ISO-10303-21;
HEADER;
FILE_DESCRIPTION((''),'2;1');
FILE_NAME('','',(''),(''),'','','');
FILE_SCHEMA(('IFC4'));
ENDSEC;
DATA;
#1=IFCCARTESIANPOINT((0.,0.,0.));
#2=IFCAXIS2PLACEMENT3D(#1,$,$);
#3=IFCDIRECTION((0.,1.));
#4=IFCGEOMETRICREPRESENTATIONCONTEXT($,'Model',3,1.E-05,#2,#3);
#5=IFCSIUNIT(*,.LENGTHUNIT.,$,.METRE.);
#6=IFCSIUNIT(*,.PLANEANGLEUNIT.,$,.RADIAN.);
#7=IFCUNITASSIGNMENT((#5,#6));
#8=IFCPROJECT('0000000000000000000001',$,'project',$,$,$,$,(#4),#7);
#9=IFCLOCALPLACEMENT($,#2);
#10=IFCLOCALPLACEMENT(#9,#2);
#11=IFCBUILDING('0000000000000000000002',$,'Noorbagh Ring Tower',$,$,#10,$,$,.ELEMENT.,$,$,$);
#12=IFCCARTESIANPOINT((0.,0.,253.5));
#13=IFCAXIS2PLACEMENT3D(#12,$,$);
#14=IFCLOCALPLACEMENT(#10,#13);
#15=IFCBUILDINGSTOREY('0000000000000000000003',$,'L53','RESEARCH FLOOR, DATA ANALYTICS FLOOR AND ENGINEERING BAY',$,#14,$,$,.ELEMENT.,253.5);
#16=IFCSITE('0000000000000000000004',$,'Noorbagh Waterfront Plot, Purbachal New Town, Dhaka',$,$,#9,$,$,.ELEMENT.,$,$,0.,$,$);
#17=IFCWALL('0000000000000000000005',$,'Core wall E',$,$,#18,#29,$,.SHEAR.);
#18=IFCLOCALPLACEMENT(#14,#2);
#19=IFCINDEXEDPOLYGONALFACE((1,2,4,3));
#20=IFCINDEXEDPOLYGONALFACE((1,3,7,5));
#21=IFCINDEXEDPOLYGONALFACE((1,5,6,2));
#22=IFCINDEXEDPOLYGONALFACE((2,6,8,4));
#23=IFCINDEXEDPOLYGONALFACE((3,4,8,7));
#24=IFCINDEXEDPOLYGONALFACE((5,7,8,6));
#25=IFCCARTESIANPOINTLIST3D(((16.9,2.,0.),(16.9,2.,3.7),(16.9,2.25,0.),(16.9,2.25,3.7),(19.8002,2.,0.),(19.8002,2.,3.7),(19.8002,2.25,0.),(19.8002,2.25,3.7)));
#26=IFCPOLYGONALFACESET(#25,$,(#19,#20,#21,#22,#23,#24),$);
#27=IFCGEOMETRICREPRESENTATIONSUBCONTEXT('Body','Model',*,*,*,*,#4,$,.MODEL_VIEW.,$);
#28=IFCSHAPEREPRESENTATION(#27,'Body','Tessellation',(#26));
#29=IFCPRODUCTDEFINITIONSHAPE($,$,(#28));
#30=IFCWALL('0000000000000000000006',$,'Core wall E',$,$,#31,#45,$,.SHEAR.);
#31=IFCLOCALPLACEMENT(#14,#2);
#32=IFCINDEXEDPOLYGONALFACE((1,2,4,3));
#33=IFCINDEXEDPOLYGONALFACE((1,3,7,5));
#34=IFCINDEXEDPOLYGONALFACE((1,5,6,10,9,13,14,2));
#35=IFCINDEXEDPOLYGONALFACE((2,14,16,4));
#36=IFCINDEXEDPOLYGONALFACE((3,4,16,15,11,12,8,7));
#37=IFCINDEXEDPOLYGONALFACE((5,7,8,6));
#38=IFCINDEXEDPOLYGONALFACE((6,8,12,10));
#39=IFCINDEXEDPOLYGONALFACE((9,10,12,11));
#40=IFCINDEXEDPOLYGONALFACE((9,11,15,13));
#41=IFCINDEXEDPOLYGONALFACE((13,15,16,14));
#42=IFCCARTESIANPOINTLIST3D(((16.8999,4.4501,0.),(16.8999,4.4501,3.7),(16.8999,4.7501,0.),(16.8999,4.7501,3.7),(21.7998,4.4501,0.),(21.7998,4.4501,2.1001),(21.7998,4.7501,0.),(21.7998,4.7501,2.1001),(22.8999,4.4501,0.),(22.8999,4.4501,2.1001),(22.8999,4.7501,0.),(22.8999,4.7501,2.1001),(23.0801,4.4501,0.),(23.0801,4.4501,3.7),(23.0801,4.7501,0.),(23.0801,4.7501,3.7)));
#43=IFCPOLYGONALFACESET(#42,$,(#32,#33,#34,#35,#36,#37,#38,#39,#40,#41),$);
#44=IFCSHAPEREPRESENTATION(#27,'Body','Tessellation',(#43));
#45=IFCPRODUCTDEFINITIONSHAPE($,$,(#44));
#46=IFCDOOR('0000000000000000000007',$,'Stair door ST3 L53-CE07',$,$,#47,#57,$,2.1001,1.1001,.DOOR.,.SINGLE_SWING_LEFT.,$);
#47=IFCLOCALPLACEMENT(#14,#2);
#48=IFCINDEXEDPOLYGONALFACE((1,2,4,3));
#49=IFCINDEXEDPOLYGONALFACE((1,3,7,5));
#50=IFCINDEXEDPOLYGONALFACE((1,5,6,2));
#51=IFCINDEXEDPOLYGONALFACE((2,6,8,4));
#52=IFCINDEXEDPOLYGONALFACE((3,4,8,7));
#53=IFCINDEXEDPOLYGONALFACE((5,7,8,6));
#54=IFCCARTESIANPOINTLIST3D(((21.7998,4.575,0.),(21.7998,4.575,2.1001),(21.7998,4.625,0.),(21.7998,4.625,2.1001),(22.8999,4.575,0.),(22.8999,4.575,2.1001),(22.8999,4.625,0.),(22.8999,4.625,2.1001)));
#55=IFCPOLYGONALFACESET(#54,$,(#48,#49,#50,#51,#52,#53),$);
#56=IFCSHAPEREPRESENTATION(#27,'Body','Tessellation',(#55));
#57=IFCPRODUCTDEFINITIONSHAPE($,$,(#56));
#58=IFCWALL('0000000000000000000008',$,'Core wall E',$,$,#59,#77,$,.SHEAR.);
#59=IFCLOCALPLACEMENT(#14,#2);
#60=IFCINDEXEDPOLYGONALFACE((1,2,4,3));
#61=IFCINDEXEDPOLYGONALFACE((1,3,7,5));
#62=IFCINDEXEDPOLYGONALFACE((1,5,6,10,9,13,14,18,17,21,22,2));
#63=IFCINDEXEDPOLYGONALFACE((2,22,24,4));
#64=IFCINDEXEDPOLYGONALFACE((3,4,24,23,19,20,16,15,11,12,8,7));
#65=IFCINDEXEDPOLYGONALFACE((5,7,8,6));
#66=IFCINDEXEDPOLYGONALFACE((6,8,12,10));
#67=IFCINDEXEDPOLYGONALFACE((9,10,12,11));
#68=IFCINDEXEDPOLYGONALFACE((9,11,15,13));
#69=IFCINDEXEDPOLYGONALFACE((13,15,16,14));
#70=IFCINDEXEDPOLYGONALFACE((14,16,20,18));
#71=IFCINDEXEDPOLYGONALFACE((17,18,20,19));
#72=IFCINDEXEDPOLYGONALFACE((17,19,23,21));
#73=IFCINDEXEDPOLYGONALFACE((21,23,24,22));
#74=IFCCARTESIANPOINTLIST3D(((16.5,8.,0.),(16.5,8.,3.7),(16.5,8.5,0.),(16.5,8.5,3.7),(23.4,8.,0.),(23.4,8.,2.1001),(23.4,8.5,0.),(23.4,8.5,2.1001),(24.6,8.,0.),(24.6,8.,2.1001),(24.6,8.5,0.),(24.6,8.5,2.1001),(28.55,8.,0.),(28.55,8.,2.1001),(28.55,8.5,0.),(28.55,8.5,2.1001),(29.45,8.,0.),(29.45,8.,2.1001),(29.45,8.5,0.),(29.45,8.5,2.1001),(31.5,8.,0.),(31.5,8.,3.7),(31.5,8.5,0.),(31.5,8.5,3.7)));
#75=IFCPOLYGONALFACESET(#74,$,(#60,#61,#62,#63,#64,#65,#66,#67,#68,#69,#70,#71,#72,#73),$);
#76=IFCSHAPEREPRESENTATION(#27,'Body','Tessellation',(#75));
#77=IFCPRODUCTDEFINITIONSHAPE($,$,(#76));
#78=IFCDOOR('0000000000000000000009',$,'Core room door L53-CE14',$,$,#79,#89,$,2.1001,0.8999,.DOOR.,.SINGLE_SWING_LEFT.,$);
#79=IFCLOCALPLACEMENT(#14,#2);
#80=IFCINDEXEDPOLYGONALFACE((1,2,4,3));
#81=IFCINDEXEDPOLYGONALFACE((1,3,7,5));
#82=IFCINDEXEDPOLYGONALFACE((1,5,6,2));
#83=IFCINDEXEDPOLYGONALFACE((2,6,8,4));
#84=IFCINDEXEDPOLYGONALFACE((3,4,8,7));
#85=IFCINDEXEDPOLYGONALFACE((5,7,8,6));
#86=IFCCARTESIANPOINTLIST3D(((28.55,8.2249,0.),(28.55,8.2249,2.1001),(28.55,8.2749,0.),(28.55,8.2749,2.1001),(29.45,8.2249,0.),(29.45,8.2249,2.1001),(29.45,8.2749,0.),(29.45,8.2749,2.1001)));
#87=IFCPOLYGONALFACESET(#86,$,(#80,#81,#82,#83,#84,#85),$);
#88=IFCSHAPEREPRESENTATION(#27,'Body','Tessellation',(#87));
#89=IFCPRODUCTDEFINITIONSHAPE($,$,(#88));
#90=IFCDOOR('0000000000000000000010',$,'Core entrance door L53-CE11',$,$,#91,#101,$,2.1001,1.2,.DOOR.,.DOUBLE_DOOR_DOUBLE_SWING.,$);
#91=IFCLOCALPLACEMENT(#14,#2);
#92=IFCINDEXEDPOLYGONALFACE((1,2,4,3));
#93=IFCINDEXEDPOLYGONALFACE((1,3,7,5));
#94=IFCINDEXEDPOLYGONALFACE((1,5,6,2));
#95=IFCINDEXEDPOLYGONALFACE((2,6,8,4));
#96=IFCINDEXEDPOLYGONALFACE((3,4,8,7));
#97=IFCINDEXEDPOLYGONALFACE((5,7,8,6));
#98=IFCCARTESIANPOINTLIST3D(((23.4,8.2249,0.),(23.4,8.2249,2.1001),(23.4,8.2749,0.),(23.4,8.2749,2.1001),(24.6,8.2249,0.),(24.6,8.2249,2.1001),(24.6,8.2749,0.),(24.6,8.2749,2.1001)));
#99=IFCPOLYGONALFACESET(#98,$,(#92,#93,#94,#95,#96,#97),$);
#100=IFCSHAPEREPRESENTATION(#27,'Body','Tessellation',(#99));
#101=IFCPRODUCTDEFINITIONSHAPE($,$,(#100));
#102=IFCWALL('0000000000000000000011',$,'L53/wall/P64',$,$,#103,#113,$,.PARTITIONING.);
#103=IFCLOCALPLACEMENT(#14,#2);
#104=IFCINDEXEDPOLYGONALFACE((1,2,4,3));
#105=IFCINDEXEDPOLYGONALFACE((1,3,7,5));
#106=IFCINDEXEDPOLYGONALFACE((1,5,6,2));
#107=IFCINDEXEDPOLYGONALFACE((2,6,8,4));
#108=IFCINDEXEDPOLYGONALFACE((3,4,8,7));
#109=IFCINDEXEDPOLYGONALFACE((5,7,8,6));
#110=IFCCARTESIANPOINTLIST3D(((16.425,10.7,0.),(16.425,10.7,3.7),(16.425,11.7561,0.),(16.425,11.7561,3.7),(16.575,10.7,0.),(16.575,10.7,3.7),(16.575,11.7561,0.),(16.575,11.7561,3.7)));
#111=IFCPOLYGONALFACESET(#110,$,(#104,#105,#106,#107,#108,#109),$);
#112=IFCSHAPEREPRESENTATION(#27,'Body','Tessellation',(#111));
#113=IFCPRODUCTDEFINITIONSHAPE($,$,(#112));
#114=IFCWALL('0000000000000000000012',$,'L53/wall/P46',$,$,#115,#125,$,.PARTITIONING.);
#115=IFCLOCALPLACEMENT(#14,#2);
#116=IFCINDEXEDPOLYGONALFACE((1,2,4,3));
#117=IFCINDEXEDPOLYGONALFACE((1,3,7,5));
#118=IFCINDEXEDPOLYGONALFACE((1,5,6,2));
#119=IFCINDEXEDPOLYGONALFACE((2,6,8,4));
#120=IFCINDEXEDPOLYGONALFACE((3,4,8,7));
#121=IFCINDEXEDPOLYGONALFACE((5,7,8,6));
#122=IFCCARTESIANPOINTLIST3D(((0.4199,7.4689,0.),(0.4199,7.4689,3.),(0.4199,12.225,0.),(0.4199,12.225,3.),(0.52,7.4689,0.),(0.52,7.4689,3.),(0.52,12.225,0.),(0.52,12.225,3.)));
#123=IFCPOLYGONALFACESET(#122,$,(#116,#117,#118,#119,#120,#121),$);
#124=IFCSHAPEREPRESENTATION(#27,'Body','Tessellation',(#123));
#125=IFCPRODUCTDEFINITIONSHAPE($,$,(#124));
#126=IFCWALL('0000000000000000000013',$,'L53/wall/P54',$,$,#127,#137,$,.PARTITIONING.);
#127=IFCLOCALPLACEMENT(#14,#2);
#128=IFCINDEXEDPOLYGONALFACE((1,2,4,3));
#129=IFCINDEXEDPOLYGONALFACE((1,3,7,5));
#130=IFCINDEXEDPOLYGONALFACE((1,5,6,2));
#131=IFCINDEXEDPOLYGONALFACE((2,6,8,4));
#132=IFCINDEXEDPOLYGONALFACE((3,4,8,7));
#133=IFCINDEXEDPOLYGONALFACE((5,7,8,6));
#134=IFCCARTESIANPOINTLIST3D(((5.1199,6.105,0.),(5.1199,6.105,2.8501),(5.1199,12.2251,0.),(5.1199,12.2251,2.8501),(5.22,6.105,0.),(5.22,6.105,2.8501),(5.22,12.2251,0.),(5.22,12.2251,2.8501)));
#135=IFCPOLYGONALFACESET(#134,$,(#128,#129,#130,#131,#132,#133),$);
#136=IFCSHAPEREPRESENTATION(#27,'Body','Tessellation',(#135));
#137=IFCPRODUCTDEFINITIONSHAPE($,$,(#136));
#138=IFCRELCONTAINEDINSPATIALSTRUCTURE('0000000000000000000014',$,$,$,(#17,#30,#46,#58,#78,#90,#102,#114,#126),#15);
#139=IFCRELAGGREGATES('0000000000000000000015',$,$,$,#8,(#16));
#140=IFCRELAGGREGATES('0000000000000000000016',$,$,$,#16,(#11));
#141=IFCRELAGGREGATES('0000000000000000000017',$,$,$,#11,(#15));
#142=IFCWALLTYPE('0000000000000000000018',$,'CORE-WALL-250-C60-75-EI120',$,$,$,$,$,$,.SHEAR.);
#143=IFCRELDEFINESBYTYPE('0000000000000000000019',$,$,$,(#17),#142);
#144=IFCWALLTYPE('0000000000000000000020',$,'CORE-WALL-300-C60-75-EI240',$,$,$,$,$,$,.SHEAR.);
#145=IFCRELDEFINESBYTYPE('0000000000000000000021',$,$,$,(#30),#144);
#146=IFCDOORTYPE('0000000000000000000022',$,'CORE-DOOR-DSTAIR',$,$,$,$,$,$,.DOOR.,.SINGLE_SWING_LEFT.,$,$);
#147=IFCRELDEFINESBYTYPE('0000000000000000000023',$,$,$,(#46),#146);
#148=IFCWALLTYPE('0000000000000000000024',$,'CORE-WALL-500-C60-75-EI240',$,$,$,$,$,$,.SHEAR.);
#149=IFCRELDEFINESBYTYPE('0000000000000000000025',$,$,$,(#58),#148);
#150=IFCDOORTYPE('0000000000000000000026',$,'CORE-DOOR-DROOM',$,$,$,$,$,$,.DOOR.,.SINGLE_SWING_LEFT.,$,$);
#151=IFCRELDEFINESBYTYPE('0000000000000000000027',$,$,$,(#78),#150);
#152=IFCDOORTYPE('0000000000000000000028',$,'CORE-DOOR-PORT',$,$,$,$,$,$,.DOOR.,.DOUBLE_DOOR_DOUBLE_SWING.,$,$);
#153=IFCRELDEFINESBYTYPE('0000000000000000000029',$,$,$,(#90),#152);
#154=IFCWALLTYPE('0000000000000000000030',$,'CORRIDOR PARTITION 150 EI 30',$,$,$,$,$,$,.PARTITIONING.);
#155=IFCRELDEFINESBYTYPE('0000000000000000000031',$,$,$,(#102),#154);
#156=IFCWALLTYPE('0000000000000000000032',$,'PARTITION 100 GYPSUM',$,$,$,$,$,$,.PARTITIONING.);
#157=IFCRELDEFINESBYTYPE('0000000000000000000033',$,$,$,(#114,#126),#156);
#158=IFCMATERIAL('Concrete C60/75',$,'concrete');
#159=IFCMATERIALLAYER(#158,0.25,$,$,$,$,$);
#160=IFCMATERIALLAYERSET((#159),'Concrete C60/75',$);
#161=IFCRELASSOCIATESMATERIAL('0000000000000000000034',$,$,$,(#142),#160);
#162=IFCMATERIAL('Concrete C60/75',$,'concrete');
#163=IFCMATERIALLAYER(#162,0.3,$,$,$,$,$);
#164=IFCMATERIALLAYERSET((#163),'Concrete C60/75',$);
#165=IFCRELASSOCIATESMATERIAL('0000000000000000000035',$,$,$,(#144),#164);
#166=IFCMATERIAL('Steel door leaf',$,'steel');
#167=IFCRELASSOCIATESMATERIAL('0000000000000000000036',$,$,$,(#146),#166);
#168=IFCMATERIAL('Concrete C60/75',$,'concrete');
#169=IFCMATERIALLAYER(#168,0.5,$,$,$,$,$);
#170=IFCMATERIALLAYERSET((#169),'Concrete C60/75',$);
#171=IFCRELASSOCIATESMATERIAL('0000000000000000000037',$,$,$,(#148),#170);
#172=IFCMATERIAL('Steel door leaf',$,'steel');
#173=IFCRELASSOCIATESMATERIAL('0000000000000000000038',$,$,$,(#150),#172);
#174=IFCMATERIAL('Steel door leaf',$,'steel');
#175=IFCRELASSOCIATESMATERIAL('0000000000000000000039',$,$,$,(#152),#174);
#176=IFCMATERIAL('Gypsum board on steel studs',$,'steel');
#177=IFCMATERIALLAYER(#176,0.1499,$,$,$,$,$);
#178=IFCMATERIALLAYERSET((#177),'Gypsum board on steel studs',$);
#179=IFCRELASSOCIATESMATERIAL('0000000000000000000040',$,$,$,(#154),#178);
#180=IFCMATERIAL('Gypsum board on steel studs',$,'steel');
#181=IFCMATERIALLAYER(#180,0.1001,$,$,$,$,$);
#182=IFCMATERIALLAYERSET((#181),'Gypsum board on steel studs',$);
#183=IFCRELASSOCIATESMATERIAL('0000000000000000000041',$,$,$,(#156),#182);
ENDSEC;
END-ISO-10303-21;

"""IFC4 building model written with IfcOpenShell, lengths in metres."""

from ifc_helpers import new_model, si_unit, direction, frame, frame_2d, origin, place, context, subcontext, project, spatial, rectangle, extrude, material, layer, layer_set, type_object, element, fill, save


model = new_model("IFC4")

# Units and contexts
model_context = context("Model", 3, precision=1e-05, world=origin(), true_north=direction((0.0, 1.0)))
body_context = subcontext(model_context, "Body", "Model", "MODEL_VIEW")
ifc_project = project(units=[si_unit("LENGTHUNIT", "METRE"), si_unit("PLANEANGLEUNIT", "RADIAN")], contexts=[model_context])

# Site, building, storey
site_placement = place(None, origin())
site = spatial("IfcSite", under=ifc_project, at=site_placement, Name="Noorbagh Waterfront Plot, Purbachal New Town, Dhaka", CompositionType="ELEMENT", RefElevation=0.0)
building_placement = place(site_placement, origin())
building = spatial("IfcBuilding", under=site, at=building_placement, Name="Noorbagh Ring Tower", CompositionType="ELEMENT")
storey_placement = place(building_placement, frame((0.0, 0.0, 253.5)))
storey = spatial("IfcBuildingStorey", under=building, at=storey_placement, Name="L53", Description="RESEARCH FLOOR, DATA ANALYTICS FLOOR AND ENGINEERING BAY", CompositionType="ELEMENT", Elevation=253.5)

# Wall
ifc_material_1 = material(Name="Concrete C60/75", Category="concrete")
ifc_layer_1 = layer(ifc_material_1, 0.25)
ifc_layer_set_1 = layer_set([ifc_layer_1], Name="Concrete C60/75")
wall_type_1 = type_object("IfcWallType", Name="CORE-WALL-250-C60-75-EI120", PredefinedType="SHEAR", material=ifc_layer_set_1)
wall_1_placement = place(storey_placement, frame((16.8999, 2.125, 0.0), z_axis=(0.0, 0.0, 1.0), x_axis=(1.0, 0.0, 0.0)))
element("IfcWall", 1, at=wall_1_placement, inside=storey, type_object=wall_type_1, Name="Core wall E", PredefinedType="SHEAR", context=body_context, shape_type="SweptSolid", body=[
    extrude(rectangle(XDim=2.9001, YDim=0.25, at=frame_2d((1.4502, 0.0))), origin(), (0.0, 0.0, 1.0), 3.7),
])

# Wall, opening, door
ifc_material_2 = material(Name="Concrete C60/75", Category="concrete")
ifc_layer_2 = layer(ifc_material_2, 0.3)
ifc_layer_set_2 = layer_set([ifc_layer_2], Name="Concrete C60/75")
wall_type_2 = type_object("IfcWallType", Name="CORE-WALL-300-C60-75-EI240", PredefinedType="SHEAR", material=ifc_layer_set_2)
wall_2_placement = place(storey_placement, frame((16.8999, 4.6001, 0.0), z_axis=(0.0, 0.0, 1.0), x_axis=(1.0, 0.0, 0.0)))
wall_2 = element("IfcWall", 2, at=wall_2_placement, inside=storey, type_object=wall_type_2, Name="Core wall E", PredefinedType="SHEAR", context=body_context, shape_type="SweptSolid", body=[
    extrude(rectangle(XDim=6.1802, YDim=0.3, at=frame_2d((3.0901, 0.0))), origin(), (0.0, 0.0, 1.0), 3.7),
])
opening_1_placement = place(wall_2_placement, frame((4.8999, 0.0, 0.0)))
opening_1 = element("IfcOpeningElement", 3, at=opening_1_placement, cuts=wall_2, PredefinedType="OPENING", context=body_context, shape_type="SweptSolid", body=[
    extrude(rectangle(XDim=1.1001, YDim=2.1001, at=frame_2d((0.55, 1.05))), frame((0.0, 0.1602, 0.0), z_axis=(0.0, -1.0, 0.0), x_axis=(1.0, 0.0, 0.0)), (0.0, 0.0, 1.0), 0.3201),
])
ifc_material_3 = material(Name="Steel door leaf", Category="steel")
door_type_1 = type_object("IfcDoorType", Name="CORE-DOOR-DSTAIR", OperationType="SINGLE_SWING_LEFT", PredefinedType="DOOR", material=ifc_material_3)
door_1_placement = place(opening_1_placement, origin())
door_1 = element("IfcDoor", 4, at=door_1_placement, inside=storey, type_object=door_type_1, Name="Stair door ST3 L53-CE07", OperationType="SINGLE_SWING_LEFT", OverallHeight=2.1001, OverallWidth=1.1001, PredefinedType="DOOR", context=body_context, shape_type="SweptSolid", body=[
    extrude(rectangle(XDim=1.1001, YDim=2.1001, at=frame_2d((0.55, 1.05))), frame((0.0, 0.0249, 0.0), z_axis=(0.0, -1.0, 0.0), x_axis=(1.0, 0.0, 0.0)), (0.0, 0.0, 1.0), 0.05),
])
fill(opening_1, door_1)

# Wall, openings, doors
ifc_material_4 = material(Name="Concrete C60/75", Category="concrete")
ifc_layer_3 = layer(ifc_material_4, 0.5)
ifc_layer_set_3 = layer_set([ifc_layer_3], Name="Concrete C60/75")
wall_type_3 = type_object("IfcWallType", Name="CORE-WALL-500-C60-75-EI240", PredefinedType="SHEAR", material=ifc_layer_set_3)
wall_3_placement = place(storey_placement, frame((16.5, 8.25, 0.0), z_axis=(0.0, 0.0, 1.0), x_axis=(1.0, 0.0, 0.0)))
wall_3 = element("IfcWall", 5, at=wall_3_placement, inside=storey, type_object=wall_type_3, Name="Core wall E", PredefinedType="SHEAR", context=body_context, shape_type="SweptSolid", body=[
    extrude(rectangle(XDim=15.0, YDim=0.5, at=frame_2d((7.5, 0.0))), origin(), (0.0, 0.0, 1.0), 3.7),
])
opening_2_placement = place(wall_3_placement, frame((6.8999, 0.0, 0.0)))
opening_2 = element("IfcOpeningElement", 6, at=opening_2_placement, cuts=wall_3, PredefinedType="OPENING", context=body_context, shape_type="SweptSolid", body=[
    extrude(rectangle(XDim=1.2, YDim=2.1001, at=frame_2d((0.6001, 1.05))), frame((0.0, 0.26, 0.0), z_axis=(0.0, -1.0, 0.0), x_axis=(1.0, 0.0, 0.0)), (0.0, 0.0, 1.0), 0.52),
])
opening_3_placement = place(wall_3_placement, frame((12.05, 0.0, 0.0)))
opening_3 = element("IfcOpeningElement", 7, at=opening_3_placement, cuts=wall_3, PredefinedType="OPENING", context=body_context, shape_type="SweptSolid", body=[
    extrude(rectangle(XDim=0.8999, YDim=2.1001, at=frame_2d((0.45, 1.05))), frame((0.0, 0.26, 0.0), z_axis=(0.0, -1.0, 0.0), x_axis=(1.0, 0.0, 0.0)), (0.0, 0.0, 1.0), 0.52),
])
ifc_material_5 = material(Name="Steel door leaf", Category="steel")
door_type_2 = type_object("IfcDoorType", Name="CORE-DOOR-DROOM", OperationType="SINGLE_SWING_LEFT", PredefinedType="DOOR", material=ifc_material_5)
door_2_placement = place(opening_3_placement, origin())
door_2 = element("IfcDoor", 8, at=door_2_placement, inside=storey, type_object=door_type_2, Name="Core room door L53-CE14", OperationType="SINGLE_SWING_LEFT", OverallHeight=2.1001, OverallWidth=0.8999, PredefinedType="DOOR", context=body_context, shape_type="SweptSolid", body=[
    extrude(rectangle(XDim=0.8999, YDim=2.1001, at=frame_2d((0.45, 1.05))), frame((0.0, 0.0249, 0.0), z_axis=(0.0, -1.0, 0.0), x_axis=(1.0, 0.0, 0.0)), (0.0, 0.0, 1.0), 0.05),
])
fill(opening_3, door_2)
ifc_material_6 = material(Name="Steel door leaf", Category="steel")
door_type_3 = type_object("IfcDoorType", Name="CORE-DOOR-PORT", OperationType="DOUBLE_DOOR_DOUBLE_SWING", PredefinedType="DOOR", material=ifc_material_6)
door_3_placement = place(opening_2_placement, origin())
door_3 = element("IfcDoor", 9, at=door_3_placement, inside=storey, type_object=door_type_3, Name="Core entrance door L53-CE11", OperationType="DOUBLE_DOOR_DOUBLE_SWING", OverallHeight=2.1001, OverallWidth=1.2, PredefinedType="DOOR", context=body_context, shape_type="SweptSolid", body=[
    extrude(rectangle(XDim=1.2, YDim=2.1001, at=frame_2d((0.6001, 1.05))), frame((0.0, 0.0249, 0.0), z_axis=(0.0, -1.0, 0.0), x_axis=(1.0, 0.0, 0.0)), (0.0, 0.0, 1.0), 0.05),
])
fill(opening_2, door_3)

# Wall
ifc_material_7 = material(Name="Gypsum board on steel studs", Category="steel")
ifc_layer_4 = layer(ifc_material_7, 0.1499)
ifc_layer_set_4 = layer_set([ifc_layer_4], Name="Gypsum board on steel studs")
wall_type_4 = type_object("IfcWallType", Name="CORRIDOR PARTITION 150 EI 30", PredefinedType="PARTITIONING", material=ifc_layer_set_4)
wall_4_placement = place(storey_placement, frame((16.5, 10.7, 0.0), z_axis=(0.0, 0.0, 1.0), x_axis=(0.0, 1.0, 0.0)))
element("IfcWall", 10, at=wall_4_placement, inside=storey, type_object=wall_type_4, Name="L53/wall/P64", PredefinedType="PARTITIONING", context=body_context, shape_type="SweptSolid", body=[
    extrude(rectangle(XDim=1.0562, YDim=0.1499, at=frame_2d((0.5281, 0.0))), origin(), (0.0, 0.0, 1.0), 3.7),
])

# Walls
ifc_material_8 = material(Name="Gypsum board on steel studs", Category="steel")
ifc_layer_5 = layer(ifc_material_8, 0.1001)
ifc_layer_set_5 = layer_set([ifc_layer_5], Name="Gypsum board on steel studs")
wall_type_5 = type_object("IfcWallType", Name="PARTITION 100 GYPSUM", PredefinedType="PARTITIONING", material=ifc_layer_set_5)
wall_5_placement = place(storey_placement, frame((0.47, 7.469, 0.0), z_axis=(0.0, 0.0, 1.0), x_axis=(0.0, 1.0, 0.0)))
element("IfcWall", 11, at=wall_5_placement, inside=storey, type_object=wall_type_5, Name="L53/wall/P46", PredefinedType="PARTITIONING", context=body_context, shape_type="SweptSolid", body=[
    extrude(rectangle(XDim=4.7561, YDim=0.1001, at=frame_2d((2.3779, 0.0))), origin(), (0.0, 0.0, 1.0), 3.0),
])
wall_6_placement = place(storey_placement, frame((5.1699, 6.105, 0.0), z_axis=(0.0, 0.0, 1.0), x_axis=(0.0, 1.0, 0.0)))
element("IfcWall", 12, at=wall_6_placement, inside=storey, type_object=wall_type_5, Name="L53/wall/P54", PredefinedType="PARTITIONING", context=body_context, shape_type="SweptSolid", body=[
    extrude(rectangle(XDim=6.1201, YDim=0.1001, at=frame_2d((3.0601, 0.0))), origin(), (0.0, 0.0, 1.0), 2.8501),
])

save(model, "model.ifc")
